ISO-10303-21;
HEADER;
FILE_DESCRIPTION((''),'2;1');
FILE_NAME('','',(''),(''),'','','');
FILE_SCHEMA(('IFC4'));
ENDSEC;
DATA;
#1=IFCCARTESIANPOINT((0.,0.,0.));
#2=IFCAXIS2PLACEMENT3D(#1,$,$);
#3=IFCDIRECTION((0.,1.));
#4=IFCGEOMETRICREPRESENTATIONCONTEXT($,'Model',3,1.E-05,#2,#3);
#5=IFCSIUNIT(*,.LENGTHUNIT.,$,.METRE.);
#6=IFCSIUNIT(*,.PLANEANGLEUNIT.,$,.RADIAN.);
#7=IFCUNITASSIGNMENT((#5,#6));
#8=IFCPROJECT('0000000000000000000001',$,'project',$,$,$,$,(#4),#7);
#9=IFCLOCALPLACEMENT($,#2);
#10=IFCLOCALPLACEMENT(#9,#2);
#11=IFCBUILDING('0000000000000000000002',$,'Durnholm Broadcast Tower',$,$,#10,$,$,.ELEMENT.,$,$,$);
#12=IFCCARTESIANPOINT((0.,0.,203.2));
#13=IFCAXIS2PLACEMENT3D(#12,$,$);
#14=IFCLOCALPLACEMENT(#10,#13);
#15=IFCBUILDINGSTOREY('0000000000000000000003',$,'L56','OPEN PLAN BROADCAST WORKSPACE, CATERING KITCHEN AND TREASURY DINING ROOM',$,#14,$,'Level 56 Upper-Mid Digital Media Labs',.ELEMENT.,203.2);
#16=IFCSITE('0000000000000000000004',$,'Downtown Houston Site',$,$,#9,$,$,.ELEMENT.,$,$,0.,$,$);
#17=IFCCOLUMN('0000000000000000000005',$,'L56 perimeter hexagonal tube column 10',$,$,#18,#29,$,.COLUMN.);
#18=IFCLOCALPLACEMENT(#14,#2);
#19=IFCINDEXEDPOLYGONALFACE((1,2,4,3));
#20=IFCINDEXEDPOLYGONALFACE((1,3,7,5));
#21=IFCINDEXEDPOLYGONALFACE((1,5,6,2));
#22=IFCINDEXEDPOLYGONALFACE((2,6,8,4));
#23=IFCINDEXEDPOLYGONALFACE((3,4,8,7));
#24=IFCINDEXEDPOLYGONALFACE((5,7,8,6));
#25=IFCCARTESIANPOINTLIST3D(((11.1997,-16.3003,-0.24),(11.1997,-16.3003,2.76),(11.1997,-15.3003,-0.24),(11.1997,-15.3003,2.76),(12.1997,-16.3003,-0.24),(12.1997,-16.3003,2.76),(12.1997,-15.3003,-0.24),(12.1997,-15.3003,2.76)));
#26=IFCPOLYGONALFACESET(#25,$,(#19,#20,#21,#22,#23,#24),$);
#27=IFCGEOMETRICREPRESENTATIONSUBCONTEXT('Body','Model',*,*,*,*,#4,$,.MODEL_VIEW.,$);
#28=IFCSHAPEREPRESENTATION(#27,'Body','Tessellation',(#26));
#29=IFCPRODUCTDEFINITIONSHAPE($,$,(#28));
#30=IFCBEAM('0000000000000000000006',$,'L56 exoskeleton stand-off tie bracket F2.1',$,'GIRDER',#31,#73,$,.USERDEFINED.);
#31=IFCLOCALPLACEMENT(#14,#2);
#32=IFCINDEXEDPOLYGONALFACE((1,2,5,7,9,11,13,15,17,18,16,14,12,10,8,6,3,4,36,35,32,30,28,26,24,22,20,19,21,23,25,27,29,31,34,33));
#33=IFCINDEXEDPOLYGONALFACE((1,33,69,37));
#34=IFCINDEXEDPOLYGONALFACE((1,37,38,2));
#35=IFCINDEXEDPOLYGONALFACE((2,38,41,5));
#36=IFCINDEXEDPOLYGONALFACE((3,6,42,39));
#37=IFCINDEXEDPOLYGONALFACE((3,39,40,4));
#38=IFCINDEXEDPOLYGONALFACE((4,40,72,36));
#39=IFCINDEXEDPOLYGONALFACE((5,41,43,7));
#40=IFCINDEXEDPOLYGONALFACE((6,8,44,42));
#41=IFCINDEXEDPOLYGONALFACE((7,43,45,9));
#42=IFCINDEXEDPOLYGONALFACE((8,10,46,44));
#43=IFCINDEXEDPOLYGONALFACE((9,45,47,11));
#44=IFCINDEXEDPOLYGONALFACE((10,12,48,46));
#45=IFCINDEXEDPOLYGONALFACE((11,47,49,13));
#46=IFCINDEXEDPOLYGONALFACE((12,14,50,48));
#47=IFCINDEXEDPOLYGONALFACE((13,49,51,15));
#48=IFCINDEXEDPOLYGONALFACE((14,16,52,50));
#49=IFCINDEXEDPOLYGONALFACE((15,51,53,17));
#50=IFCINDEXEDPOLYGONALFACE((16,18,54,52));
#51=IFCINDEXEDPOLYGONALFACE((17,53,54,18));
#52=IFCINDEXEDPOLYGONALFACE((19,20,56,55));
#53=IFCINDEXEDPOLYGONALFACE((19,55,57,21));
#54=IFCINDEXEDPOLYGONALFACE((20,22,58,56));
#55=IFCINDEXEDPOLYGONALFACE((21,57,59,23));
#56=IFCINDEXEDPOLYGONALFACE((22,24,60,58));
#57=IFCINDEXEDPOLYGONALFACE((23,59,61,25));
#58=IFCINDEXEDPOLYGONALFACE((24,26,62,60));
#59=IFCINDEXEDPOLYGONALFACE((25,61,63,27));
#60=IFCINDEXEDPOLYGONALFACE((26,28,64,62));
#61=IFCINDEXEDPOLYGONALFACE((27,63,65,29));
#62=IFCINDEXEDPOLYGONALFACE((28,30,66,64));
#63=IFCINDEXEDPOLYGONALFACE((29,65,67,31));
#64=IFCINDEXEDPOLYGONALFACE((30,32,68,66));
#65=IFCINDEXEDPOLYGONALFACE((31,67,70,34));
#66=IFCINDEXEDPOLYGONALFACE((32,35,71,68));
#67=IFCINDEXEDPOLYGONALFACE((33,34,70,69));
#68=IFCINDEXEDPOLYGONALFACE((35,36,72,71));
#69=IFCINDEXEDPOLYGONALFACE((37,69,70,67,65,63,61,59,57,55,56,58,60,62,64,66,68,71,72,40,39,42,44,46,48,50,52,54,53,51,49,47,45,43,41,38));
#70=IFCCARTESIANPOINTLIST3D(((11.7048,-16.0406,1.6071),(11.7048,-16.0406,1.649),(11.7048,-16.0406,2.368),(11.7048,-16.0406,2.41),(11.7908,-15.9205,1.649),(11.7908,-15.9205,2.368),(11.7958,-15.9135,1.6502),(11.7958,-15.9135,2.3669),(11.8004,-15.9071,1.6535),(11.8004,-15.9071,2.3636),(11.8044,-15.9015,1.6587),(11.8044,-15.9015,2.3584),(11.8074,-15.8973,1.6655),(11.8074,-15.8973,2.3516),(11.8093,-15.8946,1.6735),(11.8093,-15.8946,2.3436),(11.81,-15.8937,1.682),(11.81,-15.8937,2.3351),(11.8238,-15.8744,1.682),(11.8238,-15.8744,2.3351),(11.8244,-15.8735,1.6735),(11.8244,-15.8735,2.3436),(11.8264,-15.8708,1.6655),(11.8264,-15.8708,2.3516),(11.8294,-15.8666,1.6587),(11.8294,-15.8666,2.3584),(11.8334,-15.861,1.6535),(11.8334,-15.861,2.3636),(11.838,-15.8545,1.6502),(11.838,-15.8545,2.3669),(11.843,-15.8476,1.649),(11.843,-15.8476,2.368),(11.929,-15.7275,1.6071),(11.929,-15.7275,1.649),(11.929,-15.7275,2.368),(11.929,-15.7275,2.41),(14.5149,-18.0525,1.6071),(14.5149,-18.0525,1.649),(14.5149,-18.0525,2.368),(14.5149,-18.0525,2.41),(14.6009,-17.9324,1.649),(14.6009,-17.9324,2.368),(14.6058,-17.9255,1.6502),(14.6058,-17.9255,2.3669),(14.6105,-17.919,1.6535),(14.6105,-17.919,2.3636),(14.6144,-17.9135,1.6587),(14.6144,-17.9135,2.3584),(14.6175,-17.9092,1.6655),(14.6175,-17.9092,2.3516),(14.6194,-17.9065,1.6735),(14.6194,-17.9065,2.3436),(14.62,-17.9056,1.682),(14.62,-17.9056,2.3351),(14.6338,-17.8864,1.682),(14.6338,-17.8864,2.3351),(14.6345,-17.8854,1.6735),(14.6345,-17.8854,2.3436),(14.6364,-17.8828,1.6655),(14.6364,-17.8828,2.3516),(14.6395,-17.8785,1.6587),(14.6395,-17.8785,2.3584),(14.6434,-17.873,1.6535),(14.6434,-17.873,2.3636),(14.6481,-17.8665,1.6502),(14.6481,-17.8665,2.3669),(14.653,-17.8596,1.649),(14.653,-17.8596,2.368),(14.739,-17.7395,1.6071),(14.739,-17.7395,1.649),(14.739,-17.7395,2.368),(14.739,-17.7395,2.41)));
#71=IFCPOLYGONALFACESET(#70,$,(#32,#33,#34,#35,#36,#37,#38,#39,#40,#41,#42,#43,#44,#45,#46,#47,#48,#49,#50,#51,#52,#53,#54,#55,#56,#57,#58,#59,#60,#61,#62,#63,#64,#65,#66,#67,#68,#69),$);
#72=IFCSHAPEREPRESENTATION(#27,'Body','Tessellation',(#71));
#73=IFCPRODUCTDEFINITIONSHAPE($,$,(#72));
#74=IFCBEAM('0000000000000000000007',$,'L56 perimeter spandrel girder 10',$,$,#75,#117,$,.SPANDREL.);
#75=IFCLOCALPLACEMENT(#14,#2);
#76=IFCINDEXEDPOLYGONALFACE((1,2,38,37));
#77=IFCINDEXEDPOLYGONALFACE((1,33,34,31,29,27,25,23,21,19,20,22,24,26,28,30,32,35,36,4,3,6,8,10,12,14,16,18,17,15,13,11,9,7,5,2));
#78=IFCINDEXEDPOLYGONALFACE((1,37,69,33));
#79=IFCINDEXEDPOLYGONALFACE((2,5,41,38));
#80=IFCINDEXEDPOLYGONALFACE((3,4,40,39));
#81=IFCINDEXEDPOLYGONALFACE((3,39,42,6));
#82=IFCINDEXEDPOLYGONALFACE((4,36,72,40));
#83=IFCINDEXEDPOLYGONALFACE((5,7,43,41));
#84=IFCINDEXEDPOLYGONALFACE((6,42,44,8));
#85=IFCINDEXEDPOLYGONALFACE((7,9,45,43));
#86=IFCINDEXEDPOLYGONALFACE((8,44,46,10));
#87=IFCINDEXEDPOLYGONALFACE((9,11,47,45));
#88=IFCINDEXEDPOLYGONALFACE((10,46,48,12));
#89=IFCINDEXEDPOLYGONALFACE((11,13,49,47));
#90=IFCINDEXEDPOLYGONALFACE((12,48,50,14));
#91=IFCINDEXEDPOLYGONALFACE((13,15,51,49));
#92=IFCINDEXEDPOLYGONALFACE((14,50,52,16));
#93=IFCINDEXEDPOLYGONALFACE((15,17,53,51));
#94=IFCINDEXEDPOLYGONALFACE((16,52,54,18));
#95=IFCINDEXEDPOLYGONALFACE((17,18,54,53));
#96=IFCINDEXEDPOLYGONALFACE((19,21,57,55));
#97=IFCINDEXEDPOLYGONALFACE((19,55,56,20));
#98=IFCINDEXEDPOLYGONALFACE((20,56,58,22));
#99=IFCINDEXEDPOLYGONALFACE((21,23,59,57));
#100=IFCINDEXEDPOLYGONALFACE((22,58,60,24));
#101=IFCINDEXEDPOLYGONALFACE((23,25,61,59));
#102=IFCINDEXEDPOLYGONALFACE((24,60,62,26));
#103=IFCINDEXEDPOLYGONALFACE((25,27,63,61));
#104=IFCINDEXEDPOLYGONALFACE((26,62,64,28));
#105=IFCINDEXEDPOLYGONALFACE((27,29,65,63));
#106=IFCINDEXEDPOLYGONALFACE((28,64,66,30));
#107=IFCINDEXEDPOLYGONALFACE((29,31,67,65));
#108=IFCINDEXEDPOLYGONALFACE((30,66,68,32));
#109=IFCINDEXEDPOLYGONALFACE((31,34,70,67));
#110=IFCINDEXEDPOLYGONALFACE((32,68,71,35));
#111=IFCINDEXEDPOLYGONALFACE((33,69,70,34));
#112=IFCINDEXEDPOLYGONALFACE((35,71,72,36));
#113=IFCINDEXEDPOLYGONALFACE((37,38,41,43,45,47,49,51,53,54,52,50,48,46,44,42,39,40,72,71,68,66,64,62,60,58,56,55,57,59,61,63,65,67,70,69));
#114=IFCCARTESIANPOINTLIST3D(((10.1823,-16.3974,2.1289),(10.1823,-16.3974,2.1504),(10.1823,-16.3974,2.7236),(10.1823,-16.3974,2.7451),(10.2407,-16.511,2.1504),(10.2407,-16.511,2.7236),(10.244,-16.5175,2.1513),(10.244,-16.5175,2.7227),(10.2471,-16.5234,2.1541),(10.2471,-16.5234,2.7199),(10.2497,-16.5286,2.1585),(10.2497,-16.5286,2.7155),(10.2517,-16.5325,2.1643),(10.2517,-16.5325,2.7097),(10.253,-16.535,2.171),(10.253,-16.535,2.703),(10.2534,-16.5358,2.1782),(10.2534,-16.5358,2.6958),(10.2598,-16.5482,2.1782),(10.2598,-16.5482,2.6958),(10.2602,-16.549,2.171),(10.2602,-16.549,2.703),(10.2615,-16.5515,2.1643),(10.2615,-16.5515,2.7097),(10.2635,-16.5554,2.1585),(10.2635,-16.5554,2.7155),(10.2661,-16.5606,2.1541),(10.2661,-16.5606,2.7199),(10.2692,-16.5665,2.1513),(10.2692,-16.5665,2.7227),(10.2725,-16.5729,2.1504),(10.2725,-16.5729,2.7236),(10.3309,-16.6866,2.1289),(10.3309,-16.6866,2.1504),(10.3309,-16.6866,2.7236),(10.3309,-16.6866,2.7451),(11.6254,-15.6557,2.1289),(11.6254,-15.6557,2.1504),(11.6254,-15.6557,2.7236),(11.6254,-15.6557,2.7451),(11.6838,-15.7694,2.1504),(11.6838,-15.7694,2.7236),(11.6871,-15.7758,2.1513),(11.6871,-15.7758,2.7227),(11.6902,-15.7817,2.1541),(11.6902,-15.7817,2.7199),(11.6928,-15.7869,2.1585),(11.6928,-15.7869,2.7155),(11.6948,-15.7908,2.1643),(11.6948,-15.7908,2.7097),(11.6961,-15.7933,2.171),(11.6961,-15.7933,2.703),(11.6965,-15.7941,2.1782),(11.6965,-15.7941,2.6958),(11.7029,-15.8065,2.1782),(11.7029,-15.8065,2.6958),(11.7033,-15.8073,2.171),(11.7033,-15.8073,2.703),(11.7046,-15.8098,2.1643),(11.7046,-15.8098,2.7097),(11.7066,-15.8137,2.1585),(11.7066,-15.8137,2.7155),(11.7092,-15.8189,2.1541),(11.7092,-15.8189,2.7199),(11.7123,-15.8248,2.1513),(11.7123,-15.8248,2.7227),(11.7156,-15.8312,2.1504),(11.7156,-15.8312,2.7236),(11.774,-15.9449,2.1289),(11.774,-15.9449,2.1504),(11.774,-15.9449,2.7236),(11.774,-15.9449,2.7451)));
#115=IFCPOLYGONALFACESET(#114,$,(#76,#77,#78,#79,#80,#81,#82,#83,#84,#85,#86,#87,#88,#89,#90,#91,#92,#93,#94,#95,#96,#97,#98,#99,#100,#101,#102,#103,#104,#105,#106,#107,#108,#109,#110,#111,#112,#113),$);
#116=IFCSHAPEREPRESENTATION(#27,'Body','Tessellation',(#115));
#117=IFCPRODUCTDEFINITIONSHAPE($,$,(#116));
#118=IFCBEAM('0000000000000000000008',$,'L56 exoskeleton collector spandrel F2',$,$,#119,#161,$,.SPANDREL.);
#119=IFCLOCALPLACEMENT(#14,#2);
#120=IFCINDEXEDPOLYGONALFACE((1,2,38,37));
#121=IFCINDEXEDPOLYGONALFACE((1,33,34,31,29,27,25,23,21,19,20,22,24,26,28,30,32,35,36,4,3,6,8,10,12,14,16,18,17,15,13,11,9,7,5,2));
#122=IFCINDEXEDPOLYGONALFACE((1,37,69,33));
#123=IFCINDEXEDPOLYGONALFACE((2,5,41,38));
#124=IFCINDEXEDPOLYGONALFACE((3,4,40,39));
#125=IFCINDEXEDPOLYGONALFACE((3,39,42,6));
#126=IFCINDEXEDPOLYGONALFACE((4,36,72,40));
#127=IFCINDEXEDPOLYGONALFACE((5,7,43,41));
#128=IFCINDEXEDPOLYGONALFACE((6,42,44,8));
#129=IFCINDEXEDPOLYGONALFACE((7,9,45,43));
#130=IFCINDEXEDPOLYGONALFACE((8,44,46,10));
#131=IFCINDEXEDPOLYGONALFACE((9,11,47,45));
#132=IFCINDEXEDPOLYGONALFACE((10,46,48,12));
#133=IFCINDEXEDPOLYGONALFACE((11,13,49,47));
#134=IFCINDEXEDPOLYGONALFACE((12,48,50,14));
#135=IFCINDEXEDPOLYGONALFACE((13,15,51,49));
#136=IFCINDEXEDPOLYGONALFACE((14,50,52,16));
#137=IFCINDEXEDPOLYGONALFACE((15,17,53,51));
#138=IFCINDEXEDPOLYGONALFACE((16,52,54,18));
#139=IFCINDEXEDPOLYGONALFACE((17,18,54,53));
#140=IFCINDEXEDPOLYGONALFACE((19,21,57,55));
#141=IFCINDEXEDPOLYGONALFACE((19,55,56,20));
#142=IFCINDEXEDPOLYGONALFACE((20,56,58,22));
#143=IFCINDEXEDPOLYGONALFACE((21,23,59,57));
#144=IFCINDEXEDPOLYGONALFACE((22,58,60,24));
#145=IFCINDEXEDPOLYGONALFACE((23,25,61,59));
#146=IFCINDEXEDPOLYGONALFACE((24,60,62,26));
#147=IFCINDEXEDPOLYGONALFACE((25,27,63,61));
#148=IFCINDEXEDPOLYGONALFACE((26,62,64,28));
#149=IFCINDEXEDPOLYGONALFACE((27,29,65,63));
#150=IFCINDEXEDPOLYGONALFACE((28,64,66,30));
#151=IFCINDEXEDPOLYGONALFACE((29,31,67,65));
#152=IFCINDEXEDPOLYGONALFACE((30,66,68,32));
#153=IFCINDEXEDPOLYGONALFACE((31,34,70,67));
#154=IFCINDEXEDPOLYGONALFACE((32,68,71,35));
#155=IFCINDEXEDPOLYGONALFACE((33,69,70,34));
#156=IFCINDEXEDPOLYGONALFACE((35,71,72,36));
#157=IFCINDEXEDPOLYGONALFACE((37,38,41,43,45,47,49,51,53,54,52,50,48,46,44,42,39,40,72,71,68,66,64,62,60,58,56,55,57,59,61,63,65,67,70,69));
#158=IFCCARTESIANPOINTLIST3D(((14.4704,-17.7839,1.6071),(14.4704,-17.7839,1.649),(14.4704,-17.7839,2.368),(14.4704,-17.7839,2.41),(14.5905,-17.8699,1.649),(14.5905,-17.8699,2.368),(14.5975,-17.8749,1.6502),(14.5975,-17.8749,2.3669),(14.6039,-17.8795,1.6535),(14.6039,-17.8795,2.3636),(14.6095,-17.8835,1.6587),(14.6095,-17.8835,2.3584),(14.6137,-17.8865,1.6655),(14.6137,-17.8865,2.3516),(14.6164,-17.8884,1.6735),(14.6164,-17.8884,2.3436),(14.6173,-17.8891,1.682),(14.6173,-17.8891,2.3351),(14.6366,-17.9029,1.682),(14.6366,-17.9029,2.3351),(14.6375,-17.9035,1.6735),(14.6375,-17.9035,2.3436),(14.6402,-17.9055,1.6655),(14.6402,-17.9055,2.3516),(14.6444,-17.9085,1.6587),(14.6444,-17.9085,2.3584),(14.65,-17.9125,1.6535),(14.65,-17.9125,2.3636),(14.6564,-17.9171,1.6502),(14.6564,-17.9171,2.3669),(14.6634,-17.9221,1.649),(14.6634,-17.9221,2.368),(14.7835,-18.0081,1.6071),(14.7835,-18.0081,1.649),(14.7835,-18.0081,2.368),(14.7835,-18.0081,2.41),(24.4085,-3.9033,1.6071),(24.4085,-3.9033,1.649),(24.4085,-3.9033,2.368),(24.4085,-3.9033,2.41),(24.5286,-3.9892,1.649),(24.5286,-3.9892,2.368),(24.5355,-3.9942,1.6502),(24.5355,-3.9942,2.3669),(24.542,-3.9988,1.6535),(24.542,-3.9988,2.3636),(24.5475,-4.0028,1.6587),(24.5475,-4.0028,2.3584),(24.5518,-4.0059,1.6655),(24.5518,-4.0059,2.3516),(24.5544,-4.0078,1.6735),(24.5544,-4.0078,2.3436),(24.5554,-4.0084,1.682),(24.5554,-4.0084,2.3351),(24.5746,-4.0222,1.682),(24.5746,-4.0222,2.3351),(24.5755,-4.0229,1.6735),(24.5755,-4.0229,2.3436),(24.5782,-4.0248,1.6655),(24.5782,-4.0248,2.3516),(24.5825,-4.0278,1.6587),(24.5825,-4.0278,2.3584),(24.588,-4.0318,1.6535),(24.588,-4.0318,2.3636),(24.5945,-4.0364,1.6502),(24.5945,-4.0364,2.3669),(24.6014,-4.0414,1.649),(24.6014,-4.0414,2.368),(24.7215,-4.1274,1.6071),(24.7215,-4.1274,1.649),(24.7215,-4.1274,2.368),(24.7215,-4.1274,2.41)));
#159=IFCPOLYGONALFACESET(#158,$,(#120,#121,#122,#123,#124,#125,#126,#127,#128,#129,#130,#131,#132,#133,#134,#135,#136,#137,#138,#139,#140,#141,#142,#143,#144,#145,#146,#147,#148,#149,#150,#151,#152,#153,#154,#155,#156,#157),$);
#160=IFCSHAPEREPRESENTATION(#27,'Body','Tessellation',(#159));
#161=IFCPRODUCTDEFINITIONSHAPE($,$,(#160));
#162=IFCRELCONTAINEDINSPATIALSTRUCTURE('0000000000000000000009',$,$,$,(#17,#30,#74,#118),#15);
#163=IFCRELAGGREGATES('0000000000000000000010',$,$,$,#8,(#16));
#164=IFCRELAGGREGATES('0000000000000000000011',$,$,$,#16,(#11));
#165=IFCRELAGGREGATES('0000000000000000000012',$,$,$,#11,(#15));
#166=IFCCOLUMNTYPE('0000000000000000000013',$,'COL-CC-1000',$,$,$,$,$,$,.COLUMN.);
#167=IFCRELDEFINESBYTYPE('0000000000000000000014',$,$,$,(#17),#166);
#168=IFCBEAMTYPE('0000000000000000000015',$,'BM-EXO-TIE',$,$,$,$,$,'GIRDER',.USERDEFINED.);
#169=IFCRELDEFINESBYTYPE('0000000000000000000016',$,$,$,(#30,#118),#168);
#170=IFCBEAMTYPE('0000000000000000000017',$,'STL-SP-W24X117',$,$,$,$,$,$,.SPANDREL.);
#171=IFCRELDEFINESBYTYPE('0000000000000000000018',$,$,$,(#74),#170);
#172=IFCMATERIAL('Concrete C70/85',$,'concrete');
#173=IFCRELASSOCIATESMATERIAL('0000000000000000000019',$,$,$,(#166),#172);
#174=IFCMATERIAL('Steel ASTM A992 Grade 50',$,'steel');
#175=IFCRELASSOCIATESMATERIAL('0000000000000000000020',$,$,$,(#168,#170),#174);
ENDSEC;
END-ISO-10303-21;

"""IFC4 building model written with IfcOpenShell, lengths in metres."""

from ifc_helpers import new_model, si_unit, direction, frame, origin, origin_2d, place, context, subcontext, project, spatial, rectangle, i_section, extrude, source, transform, mapped, material, material_profile, profile_set, type_object, type_shapes, element, save


model = new_model("IFC4")

# Units and contexts
model_context = context("Model", 3, precision=1e-05, world=origin(), true_north=direction((0.0, 1.0)))
body_context = subcontext(model_context, "Body", "Model", "MODEL_VIEW")
ifc_project = project(units=[si_unit("LENGTHUNIT", "METRE"), si_unit("PLANEANGLEUNIT", "RADIAN")], contexts=[model_context])

# Site, building, storey
site_placement = place(None, origin())
site = spatial("IfcSite", under=ifc_project, at=site_placement, Name="Downtown Houston Site", CompositionType="ELEMENT", RefElevation=0.0)
building_placement = place(site_placement, origin())
building = spatial("IfcBuilding", under=site, at=building_placement, Name="Durnholm Broadcast Tower", CompositionType="ELEMENT")
storey_placement = place(building_placement, frame((0.0, 0.0, 203.2)))
storey = spatial("IfcBuildingStorey", under=building, at=storey_placement, Name="L56", Description="OPEN PLAN BROADCAST WORKSPACE, CATERING KITCHEN AND TREASURY DINING ROOM", LongName="Level 56 Upper-Mid Digital Media Labs", CompositionType="ELEMENT", Elevation=203.2)

# Column
ifc_material_1 = material(Name="Concrete C70/85", Category="concrete")
ifc_material_profile_1 = material_profile(ifc_material_1, rectangle(XDim=1.0, YDim=1.0, at=origin_2d()), Name="RC1000X1000")
ifc_profile_set_1 = profile_set([ifc_material_profile_1], Name="Concrete C70/85")
column_type = type_object("IfcColumnType", Name="COL-CC-1000", PredefinedType="COLUMN", material=ifc_profile_set_1)
shared_shape_1 = source(origin(), body_context, "Body", "SweptSolid", [
    extrude(rectangle(XDim=1.0, YDim=1.0, at=origin_2d()), origin(), (0.0, 0.0, 1.0), 3.0),
])
type_shapes(column_type, [shared_shape_1])
column_placement = place(storey_placement, frame((11.6997, -15.8003, -0.24), z_axis=(0.0, 0.0, 1.0), x_axis=(1.0, 0.0, 0.0)))
element("IfcColumn", 1, at=column_placement, inside=storey, type_object=column_type, Name="L56 perimeter hexagonal tube column 10", PredefinedType="COLUMN", context=body_context, shape_type="MappedRepresentation", body=[
    mapped(shared_shape_1, transform((0.0, 0.0, 0.0), x_axis=(1.0, 0.0, 0.0), y_axis=(0.0, 1.0, 0.0), z_axis=(0.0, 0.0, 1.0), scale=1.0)),
])

# Beams
ifc_material_2 = material(Name="Steel ASTM A992 Grade 50", Category="steel")
ifc_material_profile_2 = material_profile(ifc_material_2, i_section(OverallWidth=0.385, OverallDepth=0.803, WebThickness=0.0237, FlangeThickness=0.042, FilletRadius=0.033, at=origin_2d()), Name="W30X261")
ifc_profile_set_2 = profile_set([ifc_material_profile_2], Name="Steel ASTM A992 Grade 50")
beam_type_1 = type_object("IfcBeamType", Name="BM-EXO-TIE", ElementType="GIRDER", PredefinedType="USERDEFINED", material=ifc_profile_set_2)
shared_shape_2 = source(origin(), body_context, "Body", "SweptSolid", [
    extrude(i_section(OverallWidth=0.385, OverallDepth=0.803, WebThickness=0.0237, FlangeThickness=0.042, FilletRadius=0.033, at=origin_2d()), origin(), (0.0, 0.0, 1.0), 3.4561),
])
beam_1_placement = place(storey_placement, frame((11.8169, -15.884, 2.0085), z_axis=(0.813079, -0.582153, 0.0), x_axis=(0.582153, 0.813079, 0.0)))
element("IfcBeam", 2, at=beam_1_placement, inside=storey, type_object=beam_type_1, Name="L56 exoskeleton stand-off tie bracket F2.1", ObjectType="GIRDER", PredefinedType="USERDEFINED", context=body_context, shape_type="MappedRepresentation", body=[
    mapped(shared_shape_2, transform((0.0, 0.0, 0.0), x_axis=(1.0, 0.0, 0.0), y_axis=(0.0, 1.0, 0.0), z_axis=(0.0, 0.0, 1.0), scale=1.0)),
])
ifc_material_profile_3 = material_profile(ifc_material_2, i_section(OverallWidth=0.3252, OverallDepth=0.6162, WebThickness=0.0139, FlangeThickness=0.0215, FilletRadius=0.0278, at=origin_2d()), Name="W24X117")
ifc_profile_set_3 = profile_set([ifc_material_profile_3], Name="Steel ASTM A992 Grade 50")
beam_type_2 = type_object("IfcBeamType", Name="STL-SP-W24X117", PredefinedType="SPANDREL", material=ifc_profile_set_3)
shared_shape_3 = source(origin(), body_context, "Body", "SweptSolid", [
    extrude(i_section(OverallWidth=0.3252, OverallDepth=0.6162, WebThickness=0.0139, FlangeThickness=0.0215, FilletRadius=0.0278, at=origin_2d()), origin(), (0.0, 0.0, 1.0), 1.6226),
])
type_shapes(beam_type_2, [shared_shape_3])
beam_2_placement = place(storey_placement, frame((11.6997, -15.8003, 2.437), z_axis=(-0.889407, -0.457117, 0.0), x_axis=(0.457117, -0.889407, 0.0)))
element("IfcBeam", 3, at=beam_2_placement, inside=storey, type_object=beam_type_2, Name="L56 perimeter spandrel girder 10", PredefinedType="SPANDREL", context=body_context, shape_type="MappedRepresentation", body=[
    mapped(shared_shape_3, transform((0.0, 0.0, 0.0), x_axis=(1.0, 0.0, 0.0), y_axis=(0.0, 1.0, 0.0), z_axis=(0.0, 0.0, 1.0), scale=1.0)),
])
shared_shape_4 = source(origin(), body_context, "Body", "SweptSolid", [
    extrude(i_section(OverallWidth=0.385, OverallDepth=0.803, WebThickness=0.0237, FlangeThickness=0.042, FilletRadius=0.033, at=origin_2d()), origin(), (0.0, 0.0, 1.0), 17.0715),
])
type_shapes(beam_type_1, [shared_shape_2, shared_shape_4])
beam_3_placement = place(storey_placement, frame((14.627, -17.896, 2.0085), z_axis=(0.58214, 0.813088, 0.0), x_axis=(-0.813088, 0.58214, 0.0)))
element("IfcBeam", 4, at=beam_3_placement, inside=storey, type_object=beam_type_1, Name="L56 exoskeleton collector spandrel F2", PredefinedType="SPANDREL", context=body_context, shape_type="MappedRepresentation", body=[
    mapped(shared_shape_4, transform((0.0, 0.0, 0.0), x_axis=(1.0, 0.0, 0.0), y_axis=(0.0, 1.0, 0.0), z_axis=(0.0, 0.0, 1.0), scale=1.0)),
])

save(model, "model.ifc")
